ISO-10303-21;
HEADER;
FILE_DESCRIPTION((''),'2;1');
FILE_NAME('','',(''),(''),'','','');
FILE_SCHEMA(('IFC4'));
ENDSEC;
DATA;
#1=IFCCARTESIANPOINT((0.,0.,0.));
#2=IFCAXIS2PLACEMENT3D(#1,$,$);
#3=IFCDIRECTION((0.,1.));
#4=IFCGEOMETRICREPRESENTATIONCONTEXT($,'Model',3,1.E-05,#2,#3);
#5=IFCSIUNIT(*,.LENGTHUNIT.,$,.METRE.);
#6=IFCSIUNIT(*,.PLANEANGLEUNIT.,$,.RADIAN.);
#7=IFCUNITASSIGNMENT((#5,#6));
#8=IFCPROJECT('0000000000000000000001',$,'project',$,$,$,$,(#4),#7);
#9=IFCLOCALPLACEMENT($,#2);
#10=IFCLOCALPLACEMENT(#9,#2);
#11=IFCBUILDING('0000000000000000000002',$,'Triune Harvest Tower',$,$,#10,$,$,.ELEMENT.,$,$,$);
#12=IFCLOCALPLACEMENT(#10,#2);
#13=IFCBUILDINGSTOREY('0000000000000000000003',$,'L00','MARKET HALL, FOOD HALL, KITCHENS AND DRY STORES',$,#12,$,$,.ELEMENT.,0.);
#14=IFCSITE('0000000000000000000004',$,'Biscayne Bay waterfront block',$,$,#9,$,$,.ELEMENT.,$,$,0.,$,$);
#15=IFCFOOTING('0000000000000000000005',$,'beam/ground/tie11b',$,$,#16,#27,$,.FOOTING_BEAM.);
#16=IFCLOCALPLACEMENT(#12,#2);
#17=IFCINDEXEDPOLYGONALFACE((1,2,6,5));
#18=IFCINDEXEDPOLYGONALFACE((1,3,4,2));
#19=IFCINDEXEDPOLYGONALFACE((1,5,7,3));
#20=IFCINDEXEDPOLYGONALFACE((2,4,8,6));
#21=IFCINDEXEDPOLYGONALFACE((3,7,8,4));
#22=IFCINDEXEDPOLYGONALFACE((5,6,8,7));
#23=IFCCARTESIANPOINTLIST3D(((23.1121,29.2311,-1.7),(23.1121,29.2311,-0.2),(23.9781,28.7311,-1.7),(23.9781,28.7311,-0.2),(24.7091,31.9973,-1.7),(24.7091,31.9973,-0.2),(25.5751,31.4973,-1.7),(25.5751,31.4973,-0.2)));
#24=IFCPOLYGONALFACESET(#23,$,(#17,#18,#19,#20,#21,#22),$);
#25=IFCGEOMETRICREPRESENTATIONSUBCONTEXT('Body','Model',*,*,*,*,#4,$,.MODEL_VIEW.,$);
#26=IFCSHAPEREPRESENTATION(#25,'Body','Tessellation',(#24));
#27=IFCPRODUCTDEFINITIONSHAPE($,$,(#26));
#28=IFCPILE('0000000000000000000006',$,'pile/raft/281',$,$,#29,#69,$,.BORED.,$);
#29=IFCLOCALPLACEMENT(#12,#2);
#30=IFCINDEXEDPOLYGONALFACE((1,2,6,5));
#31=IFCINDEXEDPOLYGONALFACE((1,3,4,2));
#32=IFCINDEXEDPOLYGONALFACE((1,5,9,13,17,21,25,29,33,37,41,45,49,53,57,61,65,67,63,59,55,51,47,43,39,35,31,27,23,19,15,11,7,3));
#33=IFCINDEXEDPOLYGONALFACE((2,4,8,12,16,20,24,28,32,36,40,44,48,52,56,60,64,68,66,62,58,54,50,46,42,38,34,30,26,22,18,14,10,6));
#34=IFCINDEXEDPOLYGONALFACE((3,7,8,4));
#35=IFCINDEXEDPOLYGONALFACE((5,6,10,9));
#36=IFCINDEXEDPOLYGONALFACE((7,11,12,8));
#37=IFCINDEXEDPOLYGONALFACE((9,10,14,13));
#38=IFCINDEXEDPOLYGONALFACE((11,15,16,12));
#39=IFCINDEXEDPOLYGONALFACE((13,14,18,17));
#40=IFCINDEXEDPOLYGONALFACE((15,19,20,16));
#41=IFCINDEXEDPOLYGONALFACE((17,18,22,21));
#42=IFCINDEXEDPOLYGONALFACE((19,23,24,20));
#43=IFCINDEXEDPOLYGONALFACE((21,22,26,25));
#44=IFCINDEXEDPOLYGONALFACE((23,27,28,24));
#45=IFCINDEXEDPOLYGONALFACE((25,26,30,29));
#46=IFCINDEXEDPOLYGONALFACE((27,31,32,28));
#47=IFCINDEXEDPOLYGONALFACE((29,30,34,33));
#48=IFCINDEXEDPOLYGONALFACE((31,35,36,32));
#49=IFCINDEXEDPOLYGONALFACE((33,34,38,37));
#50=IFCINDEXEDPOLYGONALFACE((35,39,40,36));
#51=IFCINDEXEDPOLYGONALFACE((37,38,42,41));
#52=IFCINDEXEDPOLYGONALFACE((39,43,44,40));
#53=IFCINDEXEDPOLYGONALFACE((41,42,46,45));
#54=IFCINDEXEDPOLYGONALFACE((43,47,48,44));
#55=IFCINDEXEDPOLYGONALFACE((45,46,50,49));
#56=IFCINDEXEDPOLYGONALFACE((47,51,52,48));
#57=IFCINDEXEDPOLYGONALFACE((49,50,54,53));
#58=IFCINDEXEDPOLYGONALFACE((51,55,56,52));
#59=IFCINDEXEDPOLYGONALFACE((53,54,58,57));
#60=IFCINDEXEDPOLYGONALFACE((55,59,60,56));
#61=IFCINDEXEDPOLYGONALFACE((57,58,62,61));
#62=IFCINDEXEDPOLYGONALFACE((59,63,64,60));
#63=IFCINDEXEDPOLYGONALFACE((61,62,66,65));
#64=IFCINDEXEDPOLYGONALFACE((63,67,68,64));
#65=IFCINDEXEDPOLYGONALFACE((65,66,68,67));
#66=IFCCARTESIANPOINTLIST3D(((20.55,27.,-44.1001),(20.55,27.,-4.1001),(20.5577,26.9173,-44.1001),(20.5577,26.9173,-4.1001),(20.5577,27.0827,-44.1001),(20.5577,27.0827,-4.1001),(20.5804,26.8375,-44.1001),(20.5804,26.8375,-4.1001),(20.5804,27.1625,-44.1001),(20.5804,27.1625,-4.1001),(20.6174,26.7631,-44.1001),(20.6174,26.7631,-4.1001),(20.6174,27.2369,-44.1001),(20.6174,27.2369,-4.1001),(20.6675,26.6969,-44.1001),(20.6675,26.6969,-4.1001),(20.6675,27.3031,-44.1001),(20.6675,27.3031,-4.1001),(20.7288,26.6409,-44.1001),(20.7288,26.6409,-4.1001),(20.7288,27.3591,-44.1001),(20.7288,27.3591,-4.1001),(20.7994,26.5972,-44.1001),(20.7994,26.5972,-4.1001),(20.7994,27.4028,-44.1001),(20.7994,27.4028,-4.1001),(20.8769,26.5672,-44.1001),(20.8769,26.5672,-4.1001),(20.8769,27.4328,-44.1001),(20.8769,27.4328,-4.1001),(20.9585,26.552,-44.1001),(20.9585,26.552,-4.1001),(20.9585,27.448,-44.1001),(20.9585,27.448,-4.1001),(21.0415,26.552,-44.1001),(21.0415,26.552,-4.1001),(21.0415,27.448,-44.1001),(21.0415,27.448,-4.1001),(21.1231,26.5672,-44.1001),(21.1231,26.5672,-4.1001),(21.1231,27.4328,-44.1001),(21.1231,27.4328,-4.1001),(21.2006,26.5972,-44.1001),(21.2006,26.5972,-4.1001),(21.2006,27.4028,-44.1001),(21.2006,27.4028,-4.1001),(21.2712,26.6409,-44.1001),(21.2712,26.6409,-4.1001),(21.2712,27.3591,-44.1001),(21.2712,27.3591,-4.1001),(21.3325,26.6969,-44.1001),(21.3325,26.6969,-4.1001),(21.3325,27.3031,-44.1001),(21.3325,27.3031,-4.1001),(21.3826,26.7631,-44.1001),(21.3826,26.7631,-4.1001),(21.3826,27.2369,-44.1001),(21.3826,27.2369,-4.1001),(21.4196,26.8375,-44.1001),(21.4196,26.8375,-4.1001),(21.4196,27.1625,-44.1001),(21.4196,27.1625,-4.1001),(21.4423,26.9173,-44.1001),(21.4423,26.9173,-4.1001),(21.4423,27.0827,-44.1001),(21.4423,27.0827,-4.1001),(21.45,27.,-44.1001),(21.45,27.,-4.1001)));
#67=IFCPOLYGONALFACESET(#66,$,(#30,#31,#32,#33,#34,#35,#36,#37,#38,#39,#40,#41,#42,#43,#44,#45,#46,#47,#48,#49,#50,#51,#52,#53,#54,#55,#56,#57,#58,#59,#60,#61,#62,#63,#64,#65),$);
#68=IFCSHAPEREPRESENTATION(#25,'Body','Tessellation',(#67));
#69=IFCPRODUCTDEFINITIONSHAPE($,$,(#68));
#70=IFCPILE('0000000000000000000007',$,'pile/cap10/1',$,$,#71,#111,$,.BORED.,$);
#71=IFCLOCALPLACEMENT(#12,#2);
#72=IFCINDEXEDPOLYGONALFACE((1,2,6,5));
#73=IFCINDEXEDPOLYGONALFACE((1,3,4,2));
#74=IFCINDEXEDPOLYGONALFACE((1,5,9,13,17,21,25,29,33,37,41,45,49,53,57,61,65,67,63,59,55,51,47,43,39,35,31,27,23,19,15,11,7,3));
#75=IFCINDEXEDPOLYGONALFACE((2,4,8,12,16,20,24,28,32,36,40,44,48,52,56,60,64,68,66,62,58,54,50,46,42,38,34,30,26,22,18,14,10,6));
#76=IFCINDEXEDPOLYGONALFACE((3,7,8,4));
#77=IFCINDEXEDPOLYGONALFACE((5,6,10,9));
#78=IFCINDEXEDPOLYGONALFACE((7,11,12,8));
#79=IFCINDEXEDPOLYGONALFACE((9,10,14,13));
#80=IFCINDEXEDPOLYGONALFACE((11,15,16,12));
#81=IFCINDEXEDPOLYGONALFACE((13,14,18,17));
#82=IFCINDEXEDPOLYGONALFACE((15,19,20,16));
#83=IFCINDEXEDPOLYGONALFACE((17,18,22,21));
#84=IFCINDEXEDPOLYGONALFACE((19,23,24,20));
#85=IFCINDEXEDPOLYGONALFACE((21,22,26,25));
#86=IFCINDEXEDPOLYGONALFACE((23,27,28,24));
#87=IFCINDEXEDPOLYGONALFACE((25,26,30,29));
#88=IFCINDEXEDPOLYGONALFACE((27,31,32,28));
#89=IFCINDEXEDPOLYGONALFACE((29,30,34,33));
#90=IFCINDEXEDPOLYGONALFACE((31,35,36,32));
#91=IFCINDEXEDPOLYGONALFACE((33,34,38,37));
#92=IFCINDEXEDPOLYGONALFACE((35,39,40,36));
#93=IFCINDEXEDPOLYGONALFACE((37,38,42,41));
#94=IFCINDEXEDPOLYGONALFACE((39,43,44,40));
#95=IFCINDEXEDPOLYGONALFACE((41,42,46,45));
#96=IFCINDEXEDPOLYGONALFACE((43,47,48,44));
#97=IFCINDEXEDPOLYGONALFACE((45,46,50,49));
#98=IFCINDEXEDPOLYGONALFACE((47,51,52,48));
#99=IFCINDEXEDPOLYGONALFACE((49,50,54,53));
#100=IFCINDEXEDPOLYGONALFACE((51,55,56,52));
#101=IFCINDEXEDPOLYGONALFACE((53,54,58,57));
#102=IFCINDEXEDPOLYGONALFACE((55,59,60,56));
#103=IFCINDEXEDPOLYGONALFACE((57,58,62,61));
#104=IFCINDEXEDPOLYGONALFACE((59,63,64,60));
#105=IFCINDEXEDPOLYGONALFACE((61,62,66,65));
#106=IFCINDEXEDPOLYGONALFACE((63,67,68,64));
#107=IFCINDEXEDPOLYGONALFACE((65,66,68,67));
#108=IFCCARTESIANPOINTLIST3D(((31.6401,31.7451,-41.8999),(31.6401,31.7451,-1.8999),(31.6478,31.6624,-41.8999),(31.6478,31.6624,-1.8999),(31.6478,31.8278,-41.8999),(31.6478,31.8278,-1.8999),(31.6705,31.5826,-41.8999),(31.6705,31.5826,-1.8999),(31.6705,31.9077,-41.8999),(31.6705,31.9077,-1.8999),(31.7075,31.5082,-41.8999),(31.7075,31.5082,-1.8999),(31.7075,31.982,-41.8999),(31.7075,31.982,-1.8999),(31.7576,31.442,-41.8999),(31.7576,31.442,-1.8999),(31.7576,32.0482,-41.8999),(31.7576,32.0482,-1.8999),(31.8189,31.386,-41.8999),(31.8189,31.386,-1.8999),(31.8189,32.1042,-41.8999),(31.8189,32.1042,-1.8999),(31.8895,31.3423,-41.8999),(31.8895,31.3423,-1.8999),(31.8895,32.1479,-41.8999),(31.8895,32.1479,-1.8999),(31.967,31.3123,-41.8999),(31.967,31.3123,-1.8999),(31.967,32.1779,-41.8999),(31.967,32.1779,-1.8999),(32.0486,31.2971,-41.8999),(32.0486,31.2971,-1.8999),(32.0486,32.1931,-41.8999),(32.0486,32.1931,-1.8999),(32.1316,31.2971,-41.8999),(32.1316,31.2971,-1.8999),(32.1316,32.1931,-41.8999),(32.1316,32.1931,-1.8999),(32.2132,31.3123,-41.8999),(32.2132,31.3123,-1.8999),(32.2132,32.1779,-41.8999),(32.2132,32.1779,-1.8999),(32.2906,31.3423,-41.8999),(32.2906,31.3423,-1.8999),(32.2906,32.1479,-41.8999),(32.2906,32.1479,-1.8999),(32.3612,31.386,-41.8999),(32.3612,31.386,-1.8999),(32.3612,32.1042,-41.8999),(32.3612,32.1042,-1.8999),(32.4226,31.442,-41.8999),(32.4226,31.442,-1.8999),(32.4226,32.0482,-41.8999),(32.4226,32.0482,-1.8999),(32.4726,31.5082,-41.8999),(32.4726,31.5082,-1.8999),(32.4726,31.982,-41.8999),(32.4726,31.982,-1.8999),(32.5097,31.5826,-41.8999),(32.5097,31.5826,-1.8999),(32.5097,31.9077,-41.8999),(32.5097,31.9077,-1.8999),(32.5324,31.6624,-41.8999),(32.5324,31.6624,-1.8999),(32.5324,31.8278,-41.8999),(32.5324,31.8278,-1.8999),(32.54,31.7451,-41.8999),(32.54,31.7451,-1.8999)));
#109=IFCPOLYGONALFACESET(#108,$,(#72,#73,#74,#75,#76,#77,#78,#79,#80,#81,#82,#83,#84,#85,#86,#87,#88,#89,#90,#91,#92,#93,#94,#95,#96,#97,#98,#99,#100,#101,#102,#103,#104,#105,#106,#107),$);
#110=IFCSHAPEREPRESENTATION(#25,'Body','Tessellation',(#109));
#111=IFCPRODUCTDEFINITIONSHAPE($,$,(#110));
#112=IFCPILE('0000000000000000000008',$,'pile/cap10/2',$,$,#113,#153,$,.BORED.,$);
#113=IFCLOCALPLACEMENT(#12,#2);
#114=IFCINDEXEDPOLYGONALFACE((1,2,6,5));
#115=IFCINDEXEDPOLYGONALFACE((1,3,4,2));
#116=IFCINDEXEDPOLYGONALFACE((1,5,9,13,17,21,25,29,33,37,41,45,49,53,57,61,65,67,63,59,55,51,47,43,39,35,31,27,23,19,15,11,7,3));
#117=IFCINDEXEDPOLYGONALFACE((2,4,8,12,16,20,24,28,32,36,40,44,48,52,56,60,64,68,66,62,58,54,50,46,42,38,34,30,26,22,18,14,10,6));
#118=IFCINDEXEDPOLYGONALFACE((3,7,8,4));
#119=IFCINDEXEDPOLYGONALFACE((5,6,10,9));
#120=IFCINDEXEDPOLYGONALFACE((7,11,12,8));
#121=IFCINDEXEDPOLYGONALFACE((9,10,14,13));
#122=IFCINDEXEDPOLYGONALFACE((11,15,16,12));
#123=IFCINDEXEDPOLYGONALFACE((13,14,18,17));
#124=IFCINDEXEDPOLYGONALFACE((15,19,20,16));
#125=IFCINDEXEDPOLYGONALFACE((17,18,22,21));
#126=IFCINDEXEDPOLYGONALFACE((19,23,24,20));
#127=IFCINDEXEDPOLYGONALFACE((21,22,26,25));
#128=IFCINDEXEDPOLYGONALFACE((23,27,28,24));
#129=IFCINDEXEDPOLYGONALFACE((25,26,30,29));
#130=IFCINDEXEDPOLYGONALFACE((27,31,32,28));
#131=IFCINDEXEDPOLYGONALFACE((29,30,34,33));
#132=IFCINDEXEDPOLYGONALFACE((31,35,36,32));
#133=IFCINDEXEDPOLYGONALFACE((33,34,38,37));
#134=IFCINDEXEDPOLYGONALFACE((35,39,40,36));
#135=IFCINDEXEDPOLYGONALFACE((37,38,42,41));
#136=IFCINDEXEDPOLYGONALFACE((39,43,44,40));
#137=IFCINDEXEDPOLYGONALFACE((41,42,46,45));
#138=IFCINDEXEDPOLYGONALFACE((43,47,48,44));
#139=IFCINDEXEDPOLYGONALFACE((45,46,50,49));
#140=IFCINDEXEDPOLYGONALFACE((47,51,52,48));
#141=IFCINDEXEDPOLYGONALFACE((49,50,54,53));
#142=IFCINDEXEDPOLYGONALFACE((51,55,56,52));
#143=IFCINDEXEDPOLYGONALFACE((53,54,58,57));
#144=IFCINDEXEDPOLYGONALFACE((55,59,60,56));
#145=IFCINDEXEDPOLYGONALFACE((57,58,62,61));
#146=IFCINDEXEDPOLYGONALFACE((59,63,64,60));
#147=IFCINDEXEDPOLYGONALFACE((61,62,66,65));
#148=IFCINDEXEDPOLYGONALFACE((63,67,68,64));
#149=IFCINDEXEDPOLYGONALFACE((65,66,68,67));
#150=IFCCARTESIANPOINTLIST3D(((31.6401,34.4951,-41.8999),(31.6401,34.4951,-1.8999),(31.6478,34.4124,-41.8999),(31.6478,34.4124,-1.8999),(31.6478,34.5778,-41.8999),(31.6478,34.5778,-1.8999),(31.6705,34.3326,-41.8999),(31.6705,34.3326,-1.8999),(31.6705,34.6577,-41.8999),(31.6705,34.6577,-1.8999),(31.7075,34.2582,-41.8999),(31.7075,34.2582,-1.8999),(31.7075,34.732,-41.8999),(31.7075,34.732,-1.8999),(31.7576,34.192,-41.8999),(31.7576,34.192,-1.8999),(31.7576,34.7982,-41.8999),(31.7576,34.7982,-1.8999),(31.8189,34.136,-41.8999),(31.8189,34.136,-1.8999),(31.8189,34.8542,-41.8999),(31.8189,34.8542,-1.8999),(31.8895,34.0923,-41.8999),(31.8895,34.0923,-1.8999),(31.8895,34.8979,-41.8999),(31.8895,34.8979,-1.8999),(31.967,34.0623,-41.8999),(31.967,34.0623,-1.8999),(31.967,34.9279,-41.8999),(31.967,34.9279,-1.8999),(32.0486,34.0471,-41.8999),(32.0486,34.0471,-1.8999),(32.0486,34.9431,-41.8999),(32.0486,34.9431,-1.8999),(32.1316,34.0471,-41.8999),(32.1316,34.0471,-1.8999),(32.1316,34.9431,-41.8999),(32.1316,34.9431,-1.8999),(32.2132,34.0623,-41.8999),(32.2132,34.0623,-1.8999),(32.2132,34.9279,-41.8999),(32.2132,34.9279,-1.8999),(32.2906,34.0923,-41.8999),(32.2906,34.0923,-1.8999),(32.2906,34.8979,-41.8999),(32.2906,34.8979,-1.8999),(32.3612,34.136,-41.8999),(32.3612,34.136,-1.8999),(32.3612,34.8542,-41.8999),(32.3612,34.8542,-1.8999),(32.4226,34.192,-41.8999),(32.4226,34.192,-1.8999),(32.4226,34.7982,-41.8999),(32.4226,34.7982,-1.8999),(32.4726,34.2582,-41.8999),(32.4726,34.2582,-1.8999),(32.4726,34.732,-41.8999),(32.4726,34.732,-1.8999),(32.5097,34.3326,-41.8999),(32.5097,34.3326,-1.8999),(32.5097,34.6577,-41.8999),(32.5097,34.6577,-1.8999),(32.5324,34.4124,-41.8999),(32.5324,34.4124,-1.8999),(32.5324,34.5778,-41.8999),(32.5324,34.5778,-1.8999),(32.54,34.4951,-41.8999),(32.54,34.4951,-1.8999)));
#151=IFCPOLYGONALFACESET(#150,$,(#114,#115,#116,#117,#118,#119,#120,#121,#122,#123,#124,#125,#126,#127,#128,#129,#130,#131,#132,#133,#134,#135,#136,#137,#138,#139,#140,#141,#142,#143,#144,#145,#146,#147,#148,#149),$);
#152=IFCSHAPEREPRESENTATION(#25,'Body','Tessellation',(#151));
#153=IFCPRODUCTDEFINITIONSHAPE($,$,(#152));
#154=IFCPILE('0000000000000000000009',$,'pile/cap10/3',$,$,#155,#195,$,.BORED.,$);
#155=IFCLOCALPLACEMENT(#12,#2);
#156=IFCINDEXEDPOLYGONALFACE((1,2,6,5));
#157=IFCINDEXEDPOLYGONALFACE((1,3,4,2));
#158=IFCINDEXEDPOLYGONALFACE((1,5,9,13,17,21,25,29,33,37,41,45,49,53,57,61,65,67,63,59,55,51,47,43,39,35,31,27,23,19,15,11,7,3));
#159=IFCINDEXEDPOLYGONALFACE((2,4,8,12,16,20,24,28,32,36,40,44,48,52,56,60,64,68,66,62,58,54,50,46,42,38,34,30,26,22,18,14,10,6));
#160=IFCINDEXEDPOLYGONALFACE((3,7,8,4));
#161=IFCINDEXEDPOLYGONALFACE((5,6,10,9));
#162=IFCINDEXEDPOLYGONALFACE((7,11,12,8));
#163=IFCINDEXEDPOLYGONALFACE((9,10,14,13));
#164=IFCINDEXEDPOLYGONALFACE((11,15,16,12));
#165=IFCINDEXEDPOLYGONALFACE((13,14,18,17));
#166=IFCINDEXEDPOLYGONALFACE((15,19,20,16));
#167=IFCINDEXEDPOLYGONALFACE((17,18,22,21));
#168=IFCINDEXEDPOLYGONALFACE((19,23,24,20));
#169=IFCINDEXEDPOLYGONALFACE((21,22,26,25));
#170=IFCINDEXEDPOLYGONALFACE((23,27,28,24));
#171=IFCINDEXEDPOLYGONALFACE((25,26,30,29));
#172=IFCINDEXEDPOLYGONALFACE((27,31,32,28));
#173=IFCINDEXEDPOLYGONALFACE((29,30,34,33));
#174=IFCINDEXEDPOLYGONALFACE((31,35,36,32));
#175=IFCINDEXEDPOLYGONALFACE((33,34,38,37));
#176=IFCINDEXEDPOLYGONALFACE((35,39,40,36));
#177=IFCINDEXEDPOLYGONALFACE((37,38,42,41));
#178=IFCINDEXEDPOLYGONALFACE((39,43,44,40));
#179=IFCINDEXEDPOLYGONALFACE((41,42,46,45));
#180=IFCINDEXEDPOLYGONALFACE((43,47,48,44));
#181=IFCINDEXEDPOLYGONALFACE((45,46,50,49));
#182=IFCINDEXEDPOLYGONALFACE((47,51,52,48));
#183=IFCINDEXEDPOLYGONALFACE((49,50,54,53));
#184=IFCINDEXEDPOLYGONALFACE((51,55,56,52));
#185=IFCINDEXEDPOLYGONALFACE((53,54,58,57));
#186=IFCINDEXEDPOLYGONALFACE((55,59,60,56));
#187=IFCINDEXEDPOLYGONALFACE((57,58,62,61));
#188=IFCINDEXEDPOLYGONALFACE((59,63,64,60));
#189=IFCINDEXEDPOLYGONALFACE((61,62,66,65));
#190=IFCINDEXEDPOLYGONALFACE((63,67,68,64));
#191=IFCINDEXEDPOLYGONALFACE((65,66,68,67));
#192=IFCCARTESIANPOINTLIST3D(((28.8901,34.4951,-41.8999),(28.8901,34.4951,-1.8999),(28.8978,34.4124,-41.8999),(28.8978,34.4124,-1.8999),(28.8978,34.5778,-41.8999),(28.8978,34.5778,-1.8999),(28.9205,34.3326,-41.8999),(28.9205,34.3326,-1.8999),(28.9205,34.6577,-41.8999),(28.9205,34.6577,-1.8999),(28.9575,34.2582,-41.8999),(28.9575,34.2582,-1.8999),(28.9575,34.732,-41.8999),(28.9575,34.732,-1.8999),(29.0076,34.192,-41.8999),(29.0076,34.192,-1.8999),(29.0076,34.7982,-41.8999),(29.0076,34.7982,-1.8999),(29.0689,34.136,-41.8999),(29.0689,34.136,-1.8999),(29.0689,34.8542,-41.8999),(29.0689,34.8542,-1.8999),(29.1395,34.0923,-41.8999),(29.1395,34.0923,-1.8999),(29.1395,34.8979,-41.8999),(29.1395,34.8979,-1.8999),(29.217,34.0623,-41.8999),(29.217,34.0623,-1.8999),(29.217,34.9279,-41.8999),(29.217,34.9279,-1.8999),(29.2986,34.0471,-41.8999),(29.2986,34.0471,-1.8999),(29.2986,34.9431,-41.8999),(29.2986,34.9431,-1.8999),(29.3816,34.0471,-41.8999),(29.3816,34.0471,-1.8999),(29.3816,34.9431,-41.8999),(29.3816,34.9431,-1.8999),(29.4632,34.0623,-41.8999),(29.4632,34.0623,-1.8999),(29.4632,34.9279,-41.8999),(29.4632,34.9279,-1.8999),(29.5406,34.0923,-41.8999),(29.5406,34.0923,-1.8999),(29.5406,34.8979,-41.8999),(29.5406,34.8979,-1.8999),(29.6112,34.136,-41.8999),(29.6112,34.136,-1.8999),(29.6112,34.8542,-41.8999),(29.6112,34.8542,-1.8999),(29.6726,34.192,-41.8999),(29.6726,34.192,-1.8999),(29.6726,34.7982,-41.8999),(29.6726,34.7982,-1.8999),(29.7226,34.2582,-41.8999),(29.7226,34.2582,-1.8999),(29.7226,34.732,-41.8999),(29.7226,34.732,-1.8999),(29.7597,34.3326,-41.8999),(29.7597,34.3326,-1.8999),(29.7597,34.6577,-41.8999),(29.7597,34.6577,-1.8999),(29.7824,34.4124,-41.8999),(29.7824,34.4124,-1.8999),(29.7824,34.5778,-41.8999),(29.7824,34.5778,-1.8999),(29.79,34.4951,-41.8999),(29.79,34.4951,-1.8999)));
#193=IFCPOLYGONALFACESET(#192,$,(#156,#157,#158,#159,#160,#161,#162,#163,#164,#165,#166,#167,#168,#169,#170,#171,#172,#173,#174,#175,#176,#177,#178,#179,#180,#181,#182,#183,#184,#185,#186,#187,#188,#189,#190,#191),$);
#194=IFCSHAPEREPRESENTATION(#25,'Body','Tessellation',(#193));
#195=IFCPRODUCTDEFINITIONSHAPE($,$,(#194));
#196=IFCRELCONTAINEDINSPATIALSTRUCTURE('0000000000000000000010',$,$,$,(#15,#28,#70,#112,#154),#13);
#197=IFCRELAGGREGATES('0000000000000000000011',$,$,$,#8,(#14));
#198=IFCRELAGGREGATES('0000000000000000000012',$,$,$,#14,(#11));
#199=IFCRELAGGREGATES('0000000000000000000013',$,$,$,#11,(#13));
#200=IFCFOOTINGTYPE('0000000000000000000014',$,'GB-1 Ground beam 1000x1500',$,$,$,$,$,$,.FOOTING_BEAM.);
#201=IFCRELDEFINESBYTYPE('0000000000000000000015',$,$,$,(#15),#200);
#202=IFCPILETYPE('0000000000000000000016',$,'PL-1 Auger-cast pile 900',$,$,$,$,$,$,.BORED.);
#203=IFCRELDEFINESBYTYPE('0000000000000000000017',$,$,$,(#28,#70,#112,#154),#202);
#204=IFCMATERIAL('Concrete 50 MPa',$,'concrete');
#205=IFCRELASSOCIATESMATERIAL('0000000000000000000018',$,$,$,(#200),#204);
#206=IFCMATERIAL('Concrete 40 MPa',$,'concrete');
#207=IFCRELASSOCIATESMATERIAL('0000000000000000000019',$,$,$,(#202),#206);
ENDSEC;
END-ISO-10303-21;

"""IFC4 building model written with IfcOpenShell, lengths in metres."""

from ifc_helpers import new_model, si_unit, direction, frame, origin, origin_2d, place, context, subcontext, project, spatial, rectangle, circle, extrude, source, transform, mapped, material, material_profile, profile_set, type_object, element, save


model = new_model("IFC4")

# Units and contexts
model_context = context("Model", 3, precision=1e-05, world=origin(), true_north=direction((0.0, 1.0)))
body_context = subcontext(model_context, "Body", "Model", "MODEL_VIEW")
ifc_project = project(units=[si_unit("LENGTHUNIT", "METRE"), si_unit("PLANEANGLEUNIT", "RADIAN")], contexts=[model_context])

# Site, building, storey
site_placement = place(None, origin())
site = spatial("IfcSite", under=ifc_project, at=site_placement, Name="Biscayne Bay waterfront block", CompositionType="ELEMENT", RefElevation=0.0)
building_placement = place(site_placement, origin())
building = spatial("IfcBuilding", under=site, at=building_placement, Name="Triune Harvest Tower", CompositionType="ELEMENT")
storey_placement = place(building_placement, origin())
storey = spatial("IfcBuildingStorey", under=building, at=storey_placement, Name="L00", Description="MARKET HALL, FOOD HALL, KITCHENS AND DRY STORES", CompositionType="ELEMENT", Elevation=0.0)

# Footing
ifc_material_1 = material(Name="Concrete 50 MPa", Category="concrete")
ifc_material_profile_1 = material_profile(ifc_material_1, rectangle(XDim=1.0, YDim=1.5, at=origin_2d()), Name="Concrete 1000x1500")
ifc_profile_set_1 = profile_set([ifc_material_profile_1], Name="Concrete 50 MPa")
footing_type_1 = type_object("IfcFootingType", Name="GB-1 Ground beam 1000x1500", PredefinedType="FOOTING_BEAM", material=ifc_profile_set_1)
footing_1_placement = place(storey_placement, frame((25.1421, 31.7473, -0.95), z_axis=(-0.499978, -0.866038, 0.0), x_axis=(0.866038, -0.499978, 0.0)))
element("IfcFooting", 1, at=footing_1_placement, inside=storey, type_object=footing_type_1, Name="beam/ground/tie11b", PredefinedType="FOOTING_BEAM", context=body_context, shape_type="SweptSolid", body=[
    extrude(rectangle(XDim=1.0, YDim=1.5, at=origin_2d()), origin(), (0.0, 0.0, 1.0), 3.1941),
])

# Piles
ifc_material_2 = material(Name="Concrete 40 MPa", Category="concrete")
ifc_material_profile_2 = material_profile(ifc_material_2, circle(Radius=0.45, at=origin_2d()), Name="Bored 900")
ifc_profile_set_2 = profile_set([ifc_material_profile_2], Name="Concrete 40 MPa")
pile_type = type_object("IfcPileType", Name="PL-1 Auger-cast pile 900", PredefinedType="BORED", material=ifc_profile_set_2)
shared_shape_1 = source(origin(), body_context, "Body", "SweptSolid", [
    extrude(circle(Radius=0.45, at=origin_2d()), origin(), (0.0, 0.0, 1.0), 40.0),
])
for number, where, z_axis, x_axis, name in (
    (2, (21.0, 27.0, -4.1001), (0.0, 0.0, -1.0), (1.0, 0.0, 0.0), "pile/raft/281"),
    (3, (32.0901, 31.7451, -1.8999), (0.0, 0.0, -1.0), (1.0, 0.0, 0.0), "pile/cap10/1"),
    (4, (32.0901, 34.4951, -1.8999), (0.0, 0.0, -1.0), (1.0, 0.0, 0.0), "pile/cap10/2"),
    (5, (29.3401, 34.4951, -1.8999), (0.0, 0.0, -1.0), (1.0, 0.0, 0.0), "pile/cap10/3"),
):
    element("IfcPile", number, at=place(storey_placement, frame(where, z_axis=z_axis, x_axis=x_axis)), inside=storey, type_object=pile_type, Name=name, PredefinedType="BORED", context=body_context, shape_type="MappedRepresentation", body=[
        mapped(shared_shape_1, transform((0.0, 0.0, 0.0), scale=1.0)),
    ])

save(model, "model.ifc")
